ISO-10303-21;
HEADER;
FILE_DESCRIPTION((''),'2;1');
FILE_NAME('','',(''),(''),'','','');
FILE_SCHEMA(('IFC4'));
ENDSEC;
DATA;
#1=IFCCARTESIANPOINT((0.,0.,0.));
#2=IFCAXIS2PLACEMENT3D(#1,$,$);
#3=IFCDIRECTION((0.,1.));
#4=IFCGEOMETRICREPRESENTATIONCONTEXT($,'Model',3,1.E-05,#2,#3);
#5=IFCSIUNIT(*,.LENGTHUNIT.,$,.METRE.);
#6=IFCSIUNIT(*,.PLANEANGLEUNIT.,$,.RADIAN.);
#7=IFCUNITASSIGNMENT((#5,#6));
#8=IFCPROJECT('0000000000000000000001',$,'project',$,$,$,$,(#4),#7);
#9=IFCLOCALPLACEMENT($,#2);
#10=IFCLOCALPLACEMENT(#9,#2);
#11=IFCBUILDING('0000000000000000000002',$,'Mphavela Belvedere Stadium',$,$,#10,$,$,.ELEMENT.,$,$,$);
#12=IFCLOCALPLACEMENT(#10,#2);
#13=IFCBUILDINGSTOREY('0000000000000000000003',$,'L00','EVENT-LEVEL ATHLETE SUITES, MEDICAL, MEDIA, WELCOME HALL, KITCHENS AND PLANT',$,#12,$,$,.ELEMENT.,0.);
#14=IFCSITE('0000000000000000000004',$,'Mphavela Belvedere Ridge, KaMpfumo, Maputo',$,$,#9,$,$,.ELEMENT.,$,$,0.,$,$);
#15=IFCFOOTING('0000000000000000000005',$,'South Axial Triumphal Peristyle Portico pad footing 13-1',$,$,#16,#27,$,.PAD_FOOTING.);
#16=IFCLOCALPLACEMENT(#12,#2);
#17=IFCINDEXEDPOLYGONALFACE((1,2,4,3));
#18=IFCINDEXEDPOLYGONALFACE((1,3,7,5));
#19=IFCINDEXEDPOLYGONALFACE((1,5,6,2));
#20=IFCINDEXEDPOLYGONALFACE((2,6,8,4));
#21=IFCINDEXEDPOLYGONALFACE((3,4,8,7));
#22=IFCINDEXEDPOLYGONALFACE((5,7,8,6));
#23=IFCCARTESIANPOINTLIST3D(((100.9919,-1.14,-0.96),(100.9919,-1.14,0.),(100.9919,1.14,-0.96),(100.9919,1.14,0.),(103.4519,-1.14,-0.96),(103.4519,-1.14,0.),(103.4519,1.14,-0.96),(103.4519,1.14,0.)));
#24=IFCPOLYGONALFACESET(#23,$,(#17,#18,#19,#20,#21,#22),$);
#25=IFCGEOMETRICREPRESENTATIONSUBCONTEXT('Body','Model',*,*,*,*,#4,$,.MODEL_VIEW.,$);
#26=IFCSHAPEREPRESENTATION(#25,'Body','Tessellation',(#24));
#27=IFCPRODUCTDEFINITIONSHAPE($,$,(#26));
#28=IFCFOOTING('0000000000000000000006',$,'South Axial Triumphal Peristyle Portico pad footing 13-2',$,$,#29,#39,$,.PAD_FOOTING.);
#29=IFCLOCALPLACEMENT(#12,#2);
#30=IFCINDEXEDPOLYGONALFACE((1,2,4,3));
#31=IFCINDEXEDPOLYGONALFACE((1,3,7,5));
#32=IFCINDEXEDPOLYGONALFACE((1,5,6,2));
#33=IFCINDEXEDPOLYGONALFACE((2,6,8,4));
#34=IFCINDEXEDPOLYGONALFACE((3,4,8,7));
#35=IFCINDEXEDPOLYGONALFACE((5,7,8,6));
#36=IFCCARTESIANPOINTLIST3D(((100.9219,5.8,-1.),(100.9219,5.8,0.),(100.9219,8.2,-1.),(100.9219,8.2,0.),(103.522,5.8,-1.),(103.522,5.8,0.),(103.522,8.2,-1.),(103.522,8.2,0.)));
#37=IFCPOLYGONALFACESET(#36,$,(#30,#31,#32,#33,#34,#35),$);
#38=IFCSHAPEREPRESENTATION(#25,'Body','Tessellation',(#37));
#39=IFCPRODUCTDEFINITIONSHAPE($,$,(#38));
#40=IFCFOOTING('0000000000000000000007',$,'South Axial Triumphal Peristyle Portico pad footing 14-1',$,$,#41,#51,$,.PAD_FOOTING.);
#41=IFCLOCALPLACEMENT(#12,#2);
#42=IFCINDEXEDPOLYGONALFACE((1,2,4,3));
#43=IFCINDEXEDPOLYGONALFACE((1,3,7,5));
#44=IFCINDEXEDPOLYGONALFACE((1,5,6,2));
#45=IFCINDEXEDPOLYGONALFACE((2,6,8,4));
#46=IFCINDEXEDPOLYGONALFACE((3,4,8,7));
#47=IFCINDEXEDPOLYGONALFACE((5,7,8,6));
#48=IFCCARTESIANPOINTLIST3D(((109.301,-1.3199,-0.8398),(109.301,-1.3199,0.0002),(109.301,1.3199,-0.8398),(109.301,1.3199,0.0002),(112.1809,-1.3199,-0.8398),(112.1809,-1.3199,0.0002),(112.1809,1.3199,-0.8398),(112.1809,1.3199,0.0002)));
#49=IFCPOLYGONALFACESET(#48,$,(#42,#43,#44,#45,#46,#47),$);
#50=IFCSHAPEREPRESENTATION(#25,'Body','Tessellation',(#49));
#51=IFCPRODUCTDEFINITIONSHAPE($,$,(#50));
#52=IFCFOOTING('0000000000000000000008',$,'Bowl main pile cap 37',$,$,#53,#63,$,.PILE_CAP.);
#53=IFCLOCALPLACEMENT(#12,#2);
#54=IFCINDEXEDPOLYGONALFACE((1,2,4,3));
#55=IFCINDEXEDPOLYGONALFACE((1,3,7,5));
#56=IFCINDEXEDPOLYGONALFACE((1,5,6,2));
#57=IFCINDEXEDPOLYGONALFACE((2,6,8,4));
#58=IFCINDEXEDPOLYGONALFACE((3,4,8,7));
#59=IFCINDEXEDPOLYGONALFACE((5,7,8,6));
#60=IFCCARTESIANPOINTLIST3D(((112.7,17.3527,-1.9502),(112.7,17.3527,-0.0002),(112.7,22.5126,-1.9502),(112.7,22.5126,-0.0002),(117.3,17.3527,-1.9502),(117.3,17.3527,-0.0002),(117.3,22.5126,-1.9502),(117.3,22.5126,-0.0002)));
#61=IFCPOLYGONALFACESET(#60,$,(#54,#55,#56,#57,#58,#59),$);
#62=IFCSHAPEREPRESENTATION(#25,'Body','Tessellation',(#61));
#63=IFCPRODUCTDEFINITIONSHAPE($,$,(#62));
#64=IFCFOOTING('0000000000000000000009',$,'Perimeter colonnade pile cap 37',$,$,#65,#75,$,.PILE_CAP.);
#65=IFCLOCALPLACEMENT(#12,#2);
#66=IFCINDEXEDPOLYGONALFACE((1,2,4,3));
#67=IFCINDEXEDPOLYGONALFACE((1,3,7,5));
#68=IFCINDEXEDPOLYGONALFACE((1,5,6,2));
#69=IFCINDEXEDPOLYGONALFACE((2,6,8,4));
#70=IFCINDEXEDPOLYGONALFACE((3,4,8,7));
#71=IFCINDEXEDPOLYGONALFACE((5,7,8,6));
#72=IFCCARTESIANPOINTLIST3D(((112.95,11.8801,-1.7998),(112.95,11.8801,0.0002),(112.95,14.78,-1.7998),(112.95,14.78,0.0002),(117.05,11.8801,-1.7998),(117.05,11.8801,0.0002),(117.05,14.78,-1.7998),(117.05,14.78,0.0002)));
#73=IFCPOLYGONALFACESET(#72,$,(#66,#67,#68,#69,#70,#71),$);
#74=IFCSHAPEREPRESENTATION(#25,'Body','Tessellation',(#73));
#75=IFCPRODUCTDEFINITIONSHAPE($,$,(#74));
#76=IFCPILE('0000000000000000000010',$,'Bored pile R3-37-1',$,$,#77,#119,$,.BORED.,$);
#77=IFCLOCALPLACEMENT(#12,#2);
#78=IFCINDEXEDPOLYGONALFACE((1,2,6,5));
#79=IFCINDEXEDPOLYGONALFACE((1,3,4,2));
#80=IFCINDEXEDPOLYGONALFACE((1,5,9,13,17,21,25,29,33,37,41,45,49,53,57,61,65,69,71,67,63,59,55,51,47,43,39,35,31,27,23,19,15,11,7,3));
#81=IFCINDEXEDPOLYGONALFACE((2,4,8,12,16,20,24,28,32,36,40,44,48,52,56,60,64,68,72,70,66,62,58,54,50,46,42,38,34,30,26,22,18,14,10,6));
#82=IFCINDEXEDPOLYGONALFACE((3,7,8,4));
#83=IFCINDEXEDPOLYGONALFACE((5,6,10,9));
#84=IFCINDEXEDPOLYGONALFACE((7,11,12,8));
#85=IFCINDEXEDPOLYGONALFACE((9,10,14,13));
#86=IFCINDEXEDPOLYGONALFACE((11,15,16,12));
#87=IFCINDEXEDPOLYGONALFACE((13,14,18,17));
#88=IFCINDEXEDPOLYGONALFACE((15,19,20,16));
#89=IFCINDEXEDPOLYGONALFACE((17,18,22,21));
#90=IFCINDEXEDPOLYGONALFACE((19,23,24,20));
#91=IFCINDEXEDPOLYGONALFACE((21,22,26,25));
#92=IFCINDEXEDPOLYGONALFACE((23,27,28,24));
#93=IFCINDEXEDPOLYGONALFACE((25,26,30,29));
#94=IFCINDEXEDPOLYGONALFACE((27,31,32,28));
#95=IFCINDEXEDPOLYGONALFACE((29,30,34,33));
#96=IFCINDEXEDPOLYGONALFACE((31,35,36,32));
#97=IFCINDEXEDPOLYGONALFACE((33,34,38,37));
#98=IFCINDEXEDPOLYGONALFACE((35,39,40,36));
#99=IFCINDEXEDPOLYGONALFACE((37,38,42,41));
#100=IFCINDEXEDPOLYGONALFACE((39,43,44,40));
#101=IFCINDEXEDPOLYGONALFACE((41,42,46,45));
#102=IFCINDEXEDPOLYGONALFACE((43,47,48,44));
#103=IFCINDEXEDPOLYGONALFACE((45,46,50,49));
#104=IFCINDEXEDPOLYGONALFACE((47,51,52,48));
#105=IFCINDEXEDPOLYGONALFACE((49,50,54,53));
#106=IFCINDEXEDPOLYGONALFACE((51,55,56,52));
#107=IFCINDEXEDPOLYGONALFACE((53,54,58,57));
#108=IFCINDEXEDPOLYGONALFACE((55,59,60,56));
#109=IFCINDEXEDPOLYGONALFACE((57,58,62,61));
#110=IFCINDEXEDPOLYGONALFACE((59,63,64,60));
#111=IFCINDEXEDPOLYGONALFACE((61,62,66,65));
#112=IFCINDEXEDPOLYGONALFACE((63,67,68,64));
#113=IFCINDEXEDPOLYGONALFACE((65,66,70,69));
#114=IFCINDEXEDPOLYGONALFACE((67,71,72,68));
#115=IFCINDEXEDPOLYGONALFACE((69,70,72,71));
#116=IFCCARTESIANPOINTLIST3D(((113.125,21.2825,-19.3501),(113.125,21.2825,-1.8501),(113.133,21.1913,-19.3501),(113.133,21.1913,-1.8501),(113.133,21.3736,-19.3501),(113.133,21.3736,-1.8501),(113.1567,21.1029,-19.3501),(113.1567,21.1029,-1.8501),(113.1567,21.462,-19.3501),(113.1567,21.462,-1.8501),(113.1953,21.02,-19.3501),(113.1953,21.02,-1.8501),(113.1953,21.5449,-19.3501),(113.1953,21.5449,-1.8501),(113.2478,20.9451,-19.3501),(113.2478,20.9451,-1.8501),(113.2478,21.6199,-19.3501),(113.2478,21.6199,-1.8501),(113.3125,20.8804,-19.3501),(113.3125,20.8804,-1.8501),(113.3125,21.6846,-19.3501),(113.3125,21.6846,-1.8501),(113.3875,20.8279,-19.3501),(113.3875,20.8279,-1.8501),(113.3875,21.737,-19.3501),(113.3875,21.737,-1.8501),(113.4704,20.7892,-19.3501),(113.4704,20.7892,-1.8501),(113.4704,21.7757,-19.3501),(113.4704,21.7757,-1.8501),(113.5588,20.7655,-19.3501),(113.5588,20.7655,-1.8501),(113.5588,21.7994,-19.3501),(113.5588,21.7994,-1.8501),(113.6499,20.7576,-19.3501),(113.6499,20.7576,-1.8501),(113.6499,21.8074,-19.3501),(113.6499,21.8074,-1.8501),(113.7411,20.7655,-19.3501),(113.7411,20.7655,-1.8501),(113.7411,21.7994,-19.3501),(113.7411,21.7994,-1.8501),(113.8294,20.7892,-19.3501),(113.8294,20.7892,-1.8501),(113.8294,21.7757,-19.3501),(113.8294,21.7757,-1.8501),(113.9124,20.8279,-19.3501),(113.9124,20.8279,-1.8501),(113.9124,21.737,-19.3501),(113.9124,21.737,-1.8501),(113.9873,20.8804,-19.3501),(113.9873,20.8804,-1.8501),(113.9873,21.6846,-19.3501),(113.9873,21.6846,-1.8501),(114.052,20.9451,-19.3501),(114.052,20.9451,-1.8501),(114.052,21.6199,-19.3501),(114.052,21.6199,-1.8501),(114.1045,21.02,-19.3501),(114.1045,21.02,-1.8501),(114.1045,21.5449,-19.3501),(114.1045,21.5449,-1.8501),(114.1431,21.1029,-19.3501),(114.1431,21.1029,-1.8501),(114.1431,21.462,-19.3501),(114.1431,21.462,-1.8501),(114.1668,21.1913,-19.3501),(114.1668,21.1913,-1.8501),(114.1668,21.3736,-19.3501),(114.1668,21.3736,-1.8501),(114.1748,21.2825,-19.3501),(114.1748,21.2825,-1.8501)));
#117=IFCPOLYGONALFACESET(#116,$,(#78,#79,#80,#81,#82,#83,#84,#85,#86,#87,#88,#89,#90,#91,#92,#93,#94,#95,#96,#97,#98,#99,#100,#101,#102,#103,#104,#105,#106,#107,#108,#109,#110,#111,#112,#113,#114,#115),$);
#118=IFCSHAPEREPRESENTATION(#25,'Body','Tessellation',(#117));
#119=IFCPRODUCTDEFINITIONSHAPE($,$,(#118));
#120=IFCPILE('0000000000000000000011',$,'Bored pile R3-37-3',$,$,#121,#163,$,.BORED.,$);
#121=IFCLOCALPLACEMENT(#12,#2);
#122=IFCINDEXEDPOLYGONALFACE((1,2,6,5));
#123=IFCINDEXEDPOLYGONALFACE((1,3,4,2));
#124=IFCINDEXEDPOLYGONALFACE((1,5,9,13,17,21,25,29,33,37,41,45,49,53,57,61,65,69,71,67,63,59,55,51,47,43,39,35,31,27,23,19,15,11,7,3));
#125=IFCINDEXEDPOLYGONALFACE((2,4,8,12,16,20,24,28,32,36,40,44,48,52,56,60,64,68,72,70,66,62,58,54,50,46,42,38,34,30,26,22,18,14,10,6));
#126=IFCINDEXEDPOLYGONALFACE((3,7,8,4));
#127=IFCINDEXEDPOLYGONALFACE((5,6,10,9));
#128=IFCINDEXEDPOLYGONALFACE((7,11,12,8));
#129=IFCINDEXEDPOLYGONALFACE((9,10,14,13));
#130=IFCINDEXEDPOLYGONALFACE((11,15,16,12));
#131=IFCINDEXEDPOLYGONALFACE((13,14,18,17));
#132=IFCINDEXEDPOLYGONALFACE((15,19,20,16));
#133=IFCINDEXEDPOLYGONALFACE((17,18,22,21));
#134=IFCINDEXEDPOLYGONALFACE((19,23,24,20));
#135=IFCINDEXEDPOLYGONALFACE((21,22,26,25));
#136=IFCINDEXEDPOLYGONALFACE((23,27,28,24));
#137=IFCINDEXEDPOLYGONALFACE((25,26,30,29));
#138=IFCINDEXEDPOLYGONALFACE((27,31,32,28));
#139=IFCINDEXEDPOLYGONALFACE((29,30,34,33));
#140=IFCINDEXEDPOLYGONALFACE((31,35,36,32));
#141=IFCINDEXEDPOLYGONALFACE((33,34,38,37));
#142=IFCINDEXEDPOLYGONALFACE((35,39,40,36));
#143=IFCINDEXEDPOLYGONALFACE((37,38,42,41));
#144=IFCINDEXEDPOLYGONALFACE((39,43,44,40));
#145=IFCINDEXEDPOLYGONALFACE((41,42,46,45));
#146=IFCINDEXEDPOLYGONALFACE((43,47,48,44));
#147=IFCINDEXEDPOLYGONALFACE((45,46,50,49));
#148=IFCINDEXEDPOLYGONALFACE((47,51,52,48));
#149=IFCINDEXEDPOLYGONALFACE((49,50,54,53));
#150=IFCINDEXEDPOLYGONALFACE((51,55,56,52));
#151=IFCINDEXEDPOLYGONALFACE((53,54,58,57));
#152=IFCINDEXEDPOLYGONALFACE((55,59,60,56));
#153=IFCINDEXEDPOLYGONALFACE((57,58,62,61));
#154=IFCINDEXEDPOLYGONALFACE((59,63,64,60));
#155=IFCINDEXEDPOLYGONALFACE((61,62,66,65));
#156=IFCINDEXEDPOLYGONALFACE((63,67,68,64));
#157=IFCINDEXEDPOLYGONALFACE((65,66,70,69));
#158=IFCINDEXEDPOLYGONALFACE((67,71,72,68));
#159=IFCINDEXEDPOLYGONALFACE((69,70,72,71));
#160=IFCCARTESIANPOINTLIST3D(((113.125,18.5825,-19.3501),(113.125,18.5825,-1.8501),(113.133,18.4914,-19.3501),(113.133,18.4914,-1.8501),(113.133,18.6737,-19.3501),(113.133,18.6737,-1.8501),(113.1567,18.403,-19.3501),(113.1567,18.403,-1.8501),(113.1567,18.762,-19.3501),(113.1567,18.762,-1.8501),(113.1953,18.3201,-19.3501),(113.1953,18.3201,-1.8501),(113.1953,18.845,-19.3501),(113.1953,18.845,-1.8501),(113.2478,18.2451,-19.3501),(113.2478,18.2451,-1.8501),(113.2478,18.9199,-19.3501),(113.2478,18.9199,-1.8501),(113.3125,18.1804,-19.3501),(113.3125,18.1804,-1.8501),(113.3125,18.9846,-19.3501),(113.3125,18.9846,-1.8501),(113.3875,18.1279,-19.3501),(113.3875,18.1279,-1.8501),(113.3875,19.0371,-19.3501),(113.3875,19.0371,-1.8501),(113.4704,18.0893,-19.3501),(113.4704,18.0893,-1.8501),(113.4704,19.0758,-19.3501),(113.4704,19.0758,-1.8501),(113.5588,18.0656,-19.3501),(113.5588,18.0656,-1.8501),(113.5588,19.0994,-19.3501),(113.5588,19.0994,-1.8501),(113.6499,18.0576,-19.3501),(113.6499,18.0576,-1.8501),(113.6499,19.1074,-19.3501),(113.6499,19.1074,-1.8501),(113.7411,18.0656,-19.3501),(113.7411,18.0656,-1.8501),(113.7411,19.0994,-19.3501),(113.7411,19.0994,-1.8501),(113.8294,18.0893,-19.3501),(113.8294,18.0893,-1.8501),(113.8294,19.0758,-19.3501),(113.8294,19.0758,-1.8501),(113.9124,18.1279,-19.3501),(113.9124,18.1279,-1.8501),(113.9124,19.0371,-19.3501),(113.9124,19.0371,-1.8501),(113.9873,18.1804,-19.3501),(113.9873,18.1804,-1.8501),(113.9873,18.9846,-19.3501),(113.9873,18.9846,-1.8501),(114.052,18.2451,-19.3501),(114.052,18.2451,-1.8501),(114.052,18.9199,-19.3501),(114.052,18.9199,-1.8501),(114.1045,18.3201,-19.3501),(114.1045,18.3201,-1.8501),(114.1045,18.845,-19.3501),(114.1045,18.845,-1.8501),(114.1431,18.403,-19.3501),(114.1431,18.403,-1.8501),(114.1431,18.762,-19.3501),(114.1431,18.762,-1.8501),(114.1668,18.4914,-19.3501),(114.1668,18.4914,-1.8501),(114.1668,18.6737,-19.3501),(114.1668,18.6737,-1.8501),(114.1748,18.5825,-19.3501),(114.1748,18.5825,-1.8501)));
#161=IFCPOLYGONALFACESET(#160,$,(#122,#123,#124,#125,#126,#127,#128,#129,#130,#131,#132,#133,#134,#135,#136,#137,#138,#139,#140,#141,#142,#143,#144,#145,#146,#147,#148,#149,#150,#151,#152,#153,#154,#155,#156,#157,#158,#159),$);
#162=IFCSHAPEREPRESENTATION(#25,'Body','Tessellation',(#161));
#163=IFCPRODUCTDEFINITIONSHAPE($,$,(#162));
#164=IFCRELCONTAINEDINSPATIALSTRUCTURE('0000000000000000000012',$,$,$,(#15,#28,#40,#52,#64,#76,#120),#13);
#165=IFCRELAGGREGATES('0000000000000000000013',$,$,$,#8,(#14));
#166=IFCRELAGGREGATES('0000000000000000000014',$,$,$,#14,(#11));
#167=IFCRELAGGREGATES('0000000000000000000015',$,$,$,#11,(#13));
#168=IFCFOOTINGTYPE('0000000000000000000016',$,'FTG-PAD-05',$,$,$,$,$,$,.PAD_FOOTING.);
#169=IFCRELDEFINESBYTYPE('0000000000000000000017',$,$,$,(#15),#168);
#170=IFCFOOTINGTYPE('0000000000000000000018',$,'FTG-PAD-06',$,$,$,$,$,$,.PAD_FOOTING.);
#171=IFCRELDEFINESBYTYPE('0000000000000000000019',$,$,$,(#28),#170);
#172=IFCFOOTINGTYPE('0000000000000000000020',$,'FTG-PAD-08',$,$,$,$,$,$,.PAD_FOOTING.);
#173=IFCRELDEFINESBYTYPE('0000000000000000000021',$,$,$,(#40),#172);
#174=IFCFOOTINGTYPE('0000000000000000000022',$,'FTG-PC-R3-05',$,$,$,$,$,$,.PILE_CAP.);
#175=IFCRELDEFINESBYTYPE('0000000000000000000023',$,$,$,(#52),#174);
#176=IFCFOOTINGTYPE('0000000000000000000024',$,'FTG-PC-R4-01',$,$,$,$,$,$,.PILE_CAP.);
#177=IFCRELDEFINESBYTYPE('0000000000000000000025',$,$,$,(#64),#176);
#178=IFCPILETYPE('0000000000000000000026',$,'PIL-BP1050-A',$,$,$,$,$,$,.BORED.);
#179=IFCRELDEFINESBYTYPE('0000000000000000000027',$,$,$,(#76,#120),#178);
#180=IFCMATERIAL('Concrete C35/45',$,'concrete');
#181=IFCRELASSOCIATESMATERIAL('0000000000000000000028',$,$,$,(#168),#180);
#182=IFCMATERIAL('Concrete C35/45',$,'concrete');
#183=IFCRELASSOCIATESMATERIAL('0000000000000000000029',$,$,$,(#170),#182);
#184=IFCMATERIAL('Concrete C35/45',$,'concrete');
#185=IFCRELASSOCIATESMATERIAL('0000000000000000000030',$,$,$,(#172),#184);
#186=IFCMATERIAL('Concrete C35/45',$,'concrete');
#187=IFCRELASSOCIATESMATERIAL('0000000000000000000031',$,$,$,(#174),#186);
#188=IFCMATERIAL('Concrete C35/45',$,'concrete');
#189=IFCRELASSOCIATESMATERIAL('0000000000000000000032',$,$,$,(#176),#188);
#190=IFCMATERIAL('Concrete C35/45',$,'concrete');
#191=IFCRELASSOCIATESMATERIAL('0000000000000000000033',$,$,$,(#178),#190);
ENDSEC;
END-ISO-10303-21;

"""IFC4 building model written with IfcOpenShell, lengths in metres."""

from ifc_helpers import new_model, si_unit, direction, frame, origin, origin_2d, place, context, subcontext, project, spatial, rectangle, circle, extrude, material, material_profile, profile_set, type_object, element, save


model = new_model("IFC4")

# Units and contexts
model_context = context("Model", 3, precision=1e-05, world=origin(), true_north=direction((0.0, 1.0)))
body_context = subcontext(model_context, "Body", "Model", "MODEL_VIEW")
ifc_project = project(units=[si_unit("LENGTHUNIT", "METRE"), si_unit("PLANEANGLEUNIT", "RADIAN")], contexts=[model_context])

# Site, building, storey
site_placement = place(None, origin())
site = spatial("IfcSite", under=ifc_project, at=site_placement, Name="Mphavela Belvedere Ridge, KaMpfumo, Maputo", CompositionType="ELEMENT", RefElevation=0.0)
building_placement = place(site_placement, origin())
building = spatial("IfcBuilding", under=site, at=building_placement, Name="Mphavela Belvedere Stadium", CompositionType="ELEMENT")
storey_placement = place(building_placement, origin())
storey = spatial("IfcBuildingStorey", under=building, at=storey_placement, Name="L00", Description="EVENT-LEVEL ATHLETE SUITES, MEDICAL, MEDIA, WELCOME HALL, KITCHENS AND PLANT", CompositionType="ELEMENT", Elevation=0.0)

# Footings
ifc_material_1 = material(Name="Concrete C35/45", Category="concrete")
footing_type_1 = type_object("IfcFootingType", Name="FTG-PAD-05", PredefinedType="PAD_FOOTING", material=ifc_material_1)
footing_1_placement = place(storey_placement, frame((102.2219, 0.0, -0.96), z_axis=(0.0, 0.0, 1.0), x_axis=(1.0, 0.0, 0.0)))
element("IfcFooting", 1, at=footing_1_placement, inside=storey, type_object=footing_type_1, Name="South Axial Triumphal Peristyle Portico pad footing 13-1", PredefinedType="PAD_FOOTING", context=body_context, shape_type="SweptSolid", body=[
    extrude(rectangle(XDim=2.46, YDim=2.28, at=origin_2d()), origin(), (0.0, 0.0, 1.0), 0.96),
])
ifc_material_2 = material(Name="Concrete C35/45", Category="concrete")
footing_type_2 = type_object("IfcFootingType", Name="FTG-PAD-06", PredefinedType="PAD_FOOTING", material=ifc_material_2)
footing_2_placement = place(storey_placement, frame((102.2219, 7.0, -1.0), z_axis=(0.0, 0.0, 1.0), x_axis=(1.0, 0.0, 0.0)))
element("IfcFooting", 2, at=footing_2_placement, inside=storey, type_object=footing_type_2, Name="South Axial Triumphal Peristyle Portico pad footing 13-2", PredefinedType="PAD_FOOTING", context=body_context, shape_type="SweptSolid", body=[
    extrude(rectangle(XDim=2.6001, YDim=2.3999, at=origin_2d()), origin(), (0.0, 0.0, 1.0), 1.0),
])
ifc_material_3 = material(Name="Concrete C35/45", Category="concrete")
footing_type_3 = type_object("IfcFootingType", Name="FTG-PAD-08", PredefinedType="PAD_FOOTING", material=ifc_material_3)
footing_3_placement = place(storey_placement, frame((110.741, 0.0, -0.8398), z_axis=(0.0, 0.0, 1.0), x_axis=(1.0, 0.0, 0.0)))
element("IfcFooting", 3, at=footing_3_placement, inside=storey, type_object=footing_type_3, Name="South Axial Triumphal Peristyle Portico pad footing 14-1", PredefinedType="PAD_FOOTING", context=body_context, shape_type="SweptSolid", body=[
    extrude(rectangle(XDim=2.8799, YDim=2.6399, at=origin_2d()), origin(), (0.0, 0.0, 1.0), 0.8401),
])
ifc_material_4 = material(Name="Concrete C35/45", Category="concrete")
footing_type_4 = type_object("IfcFootingType", Name="FTG-PC-R3-05", PredefinedType="PILE_CAP", material=ifc_material_4)
footing_4_placement = place(storey_placement, frame((115.0, 19.9326, -1.9502), z_axis=(0.0, 0.0, 1.0), x_axis=(0.0, -1.0, 0.0)))
element("IfcFooting", 4, at=footing_4_placement, inside=storey, type_object=footing_type_4, Name="Bowl main pile cap 37", PredefinedType="PILE_CAP", context=body_context, shape_type="SweptSolid", body=[
    extrude(rectangle(XDim=5.1599, YDim=4.6001, at=origin_2d()), origin(), (0.0, 0.0, 1.0), 1.95),
])
ifc_material_5 = material(Name="Concrete C35/45", Category="concrete")
footing_type_5 = type_object("IfcFootingType", Name="FTG-PC-R4-01", PredefinedType="PILE_CAP", material=ifc_material_5)
footing_5_placement = place(storey_placement, frame((115.0, 13.3301, -1.7998), z_axis=(0.0, 0.0, 1.0), x_axis=(1.0, 0.0, 0.0)))
element("IfcFooting", 5, at=footing_5_placement, inside=storey, type_object=footing_type_5, Name="Perimeter colonnade pile cap 37", PredefinedType="PILE_CAP", context=body_context, shape_type="SweptSolid", body=[
    extrude(rectangle(XDim=4.1001, YDim=2.8999, at=origin_2d()), origin(), (0.0, 0.0, 1.0), 1.8),
])

# Piles
ifc_material_6 = material(Name="Concrete C35/45", Category="concrete")
ifc_material_profile_1 = material_profile(ifc_material_6, circle(Radius=0.5249, at=origin_2d()), Name="BP D1050")
ifc_profile_set_1 = profile_set([ifc_material_profile_1], Name="Concrete C35/45")
pile_type_1 = type_object("IfcPileType", Name="PIL-BP1050-A", PredefinedType="BORED", material=ifc_profile_set_1)
for number, where, z_axis, x_axis, name in (
    (6, (113.6499, 21.2825, -1.8501), (0.0, 0.0, -1.0), (1.0, 0.0, 0.0), "Bored pile R3-37-1"),
    (7, (113.6499, 18.5825, -1.8501), (0.0, 0.0, -1.0), (1.0, 0.0, 0.0), "Bored pile R3-37-3"),
):
    element("IfcPile", number, at=place(storey_placement, frame(where, z_axis=z_axis, x_axis=x_axis)), inside=storey, type_object=pile_type_1, Name=name, PredefinedType="BORED", context=body_context, shape_type="SweptSolid", body=[
        extrude(circle(Radius=0.5249, at=origin_2d()), origin(), (0.0, 0.0, 1.0), 17.5),
    ])

save(model, "model.ifc")
